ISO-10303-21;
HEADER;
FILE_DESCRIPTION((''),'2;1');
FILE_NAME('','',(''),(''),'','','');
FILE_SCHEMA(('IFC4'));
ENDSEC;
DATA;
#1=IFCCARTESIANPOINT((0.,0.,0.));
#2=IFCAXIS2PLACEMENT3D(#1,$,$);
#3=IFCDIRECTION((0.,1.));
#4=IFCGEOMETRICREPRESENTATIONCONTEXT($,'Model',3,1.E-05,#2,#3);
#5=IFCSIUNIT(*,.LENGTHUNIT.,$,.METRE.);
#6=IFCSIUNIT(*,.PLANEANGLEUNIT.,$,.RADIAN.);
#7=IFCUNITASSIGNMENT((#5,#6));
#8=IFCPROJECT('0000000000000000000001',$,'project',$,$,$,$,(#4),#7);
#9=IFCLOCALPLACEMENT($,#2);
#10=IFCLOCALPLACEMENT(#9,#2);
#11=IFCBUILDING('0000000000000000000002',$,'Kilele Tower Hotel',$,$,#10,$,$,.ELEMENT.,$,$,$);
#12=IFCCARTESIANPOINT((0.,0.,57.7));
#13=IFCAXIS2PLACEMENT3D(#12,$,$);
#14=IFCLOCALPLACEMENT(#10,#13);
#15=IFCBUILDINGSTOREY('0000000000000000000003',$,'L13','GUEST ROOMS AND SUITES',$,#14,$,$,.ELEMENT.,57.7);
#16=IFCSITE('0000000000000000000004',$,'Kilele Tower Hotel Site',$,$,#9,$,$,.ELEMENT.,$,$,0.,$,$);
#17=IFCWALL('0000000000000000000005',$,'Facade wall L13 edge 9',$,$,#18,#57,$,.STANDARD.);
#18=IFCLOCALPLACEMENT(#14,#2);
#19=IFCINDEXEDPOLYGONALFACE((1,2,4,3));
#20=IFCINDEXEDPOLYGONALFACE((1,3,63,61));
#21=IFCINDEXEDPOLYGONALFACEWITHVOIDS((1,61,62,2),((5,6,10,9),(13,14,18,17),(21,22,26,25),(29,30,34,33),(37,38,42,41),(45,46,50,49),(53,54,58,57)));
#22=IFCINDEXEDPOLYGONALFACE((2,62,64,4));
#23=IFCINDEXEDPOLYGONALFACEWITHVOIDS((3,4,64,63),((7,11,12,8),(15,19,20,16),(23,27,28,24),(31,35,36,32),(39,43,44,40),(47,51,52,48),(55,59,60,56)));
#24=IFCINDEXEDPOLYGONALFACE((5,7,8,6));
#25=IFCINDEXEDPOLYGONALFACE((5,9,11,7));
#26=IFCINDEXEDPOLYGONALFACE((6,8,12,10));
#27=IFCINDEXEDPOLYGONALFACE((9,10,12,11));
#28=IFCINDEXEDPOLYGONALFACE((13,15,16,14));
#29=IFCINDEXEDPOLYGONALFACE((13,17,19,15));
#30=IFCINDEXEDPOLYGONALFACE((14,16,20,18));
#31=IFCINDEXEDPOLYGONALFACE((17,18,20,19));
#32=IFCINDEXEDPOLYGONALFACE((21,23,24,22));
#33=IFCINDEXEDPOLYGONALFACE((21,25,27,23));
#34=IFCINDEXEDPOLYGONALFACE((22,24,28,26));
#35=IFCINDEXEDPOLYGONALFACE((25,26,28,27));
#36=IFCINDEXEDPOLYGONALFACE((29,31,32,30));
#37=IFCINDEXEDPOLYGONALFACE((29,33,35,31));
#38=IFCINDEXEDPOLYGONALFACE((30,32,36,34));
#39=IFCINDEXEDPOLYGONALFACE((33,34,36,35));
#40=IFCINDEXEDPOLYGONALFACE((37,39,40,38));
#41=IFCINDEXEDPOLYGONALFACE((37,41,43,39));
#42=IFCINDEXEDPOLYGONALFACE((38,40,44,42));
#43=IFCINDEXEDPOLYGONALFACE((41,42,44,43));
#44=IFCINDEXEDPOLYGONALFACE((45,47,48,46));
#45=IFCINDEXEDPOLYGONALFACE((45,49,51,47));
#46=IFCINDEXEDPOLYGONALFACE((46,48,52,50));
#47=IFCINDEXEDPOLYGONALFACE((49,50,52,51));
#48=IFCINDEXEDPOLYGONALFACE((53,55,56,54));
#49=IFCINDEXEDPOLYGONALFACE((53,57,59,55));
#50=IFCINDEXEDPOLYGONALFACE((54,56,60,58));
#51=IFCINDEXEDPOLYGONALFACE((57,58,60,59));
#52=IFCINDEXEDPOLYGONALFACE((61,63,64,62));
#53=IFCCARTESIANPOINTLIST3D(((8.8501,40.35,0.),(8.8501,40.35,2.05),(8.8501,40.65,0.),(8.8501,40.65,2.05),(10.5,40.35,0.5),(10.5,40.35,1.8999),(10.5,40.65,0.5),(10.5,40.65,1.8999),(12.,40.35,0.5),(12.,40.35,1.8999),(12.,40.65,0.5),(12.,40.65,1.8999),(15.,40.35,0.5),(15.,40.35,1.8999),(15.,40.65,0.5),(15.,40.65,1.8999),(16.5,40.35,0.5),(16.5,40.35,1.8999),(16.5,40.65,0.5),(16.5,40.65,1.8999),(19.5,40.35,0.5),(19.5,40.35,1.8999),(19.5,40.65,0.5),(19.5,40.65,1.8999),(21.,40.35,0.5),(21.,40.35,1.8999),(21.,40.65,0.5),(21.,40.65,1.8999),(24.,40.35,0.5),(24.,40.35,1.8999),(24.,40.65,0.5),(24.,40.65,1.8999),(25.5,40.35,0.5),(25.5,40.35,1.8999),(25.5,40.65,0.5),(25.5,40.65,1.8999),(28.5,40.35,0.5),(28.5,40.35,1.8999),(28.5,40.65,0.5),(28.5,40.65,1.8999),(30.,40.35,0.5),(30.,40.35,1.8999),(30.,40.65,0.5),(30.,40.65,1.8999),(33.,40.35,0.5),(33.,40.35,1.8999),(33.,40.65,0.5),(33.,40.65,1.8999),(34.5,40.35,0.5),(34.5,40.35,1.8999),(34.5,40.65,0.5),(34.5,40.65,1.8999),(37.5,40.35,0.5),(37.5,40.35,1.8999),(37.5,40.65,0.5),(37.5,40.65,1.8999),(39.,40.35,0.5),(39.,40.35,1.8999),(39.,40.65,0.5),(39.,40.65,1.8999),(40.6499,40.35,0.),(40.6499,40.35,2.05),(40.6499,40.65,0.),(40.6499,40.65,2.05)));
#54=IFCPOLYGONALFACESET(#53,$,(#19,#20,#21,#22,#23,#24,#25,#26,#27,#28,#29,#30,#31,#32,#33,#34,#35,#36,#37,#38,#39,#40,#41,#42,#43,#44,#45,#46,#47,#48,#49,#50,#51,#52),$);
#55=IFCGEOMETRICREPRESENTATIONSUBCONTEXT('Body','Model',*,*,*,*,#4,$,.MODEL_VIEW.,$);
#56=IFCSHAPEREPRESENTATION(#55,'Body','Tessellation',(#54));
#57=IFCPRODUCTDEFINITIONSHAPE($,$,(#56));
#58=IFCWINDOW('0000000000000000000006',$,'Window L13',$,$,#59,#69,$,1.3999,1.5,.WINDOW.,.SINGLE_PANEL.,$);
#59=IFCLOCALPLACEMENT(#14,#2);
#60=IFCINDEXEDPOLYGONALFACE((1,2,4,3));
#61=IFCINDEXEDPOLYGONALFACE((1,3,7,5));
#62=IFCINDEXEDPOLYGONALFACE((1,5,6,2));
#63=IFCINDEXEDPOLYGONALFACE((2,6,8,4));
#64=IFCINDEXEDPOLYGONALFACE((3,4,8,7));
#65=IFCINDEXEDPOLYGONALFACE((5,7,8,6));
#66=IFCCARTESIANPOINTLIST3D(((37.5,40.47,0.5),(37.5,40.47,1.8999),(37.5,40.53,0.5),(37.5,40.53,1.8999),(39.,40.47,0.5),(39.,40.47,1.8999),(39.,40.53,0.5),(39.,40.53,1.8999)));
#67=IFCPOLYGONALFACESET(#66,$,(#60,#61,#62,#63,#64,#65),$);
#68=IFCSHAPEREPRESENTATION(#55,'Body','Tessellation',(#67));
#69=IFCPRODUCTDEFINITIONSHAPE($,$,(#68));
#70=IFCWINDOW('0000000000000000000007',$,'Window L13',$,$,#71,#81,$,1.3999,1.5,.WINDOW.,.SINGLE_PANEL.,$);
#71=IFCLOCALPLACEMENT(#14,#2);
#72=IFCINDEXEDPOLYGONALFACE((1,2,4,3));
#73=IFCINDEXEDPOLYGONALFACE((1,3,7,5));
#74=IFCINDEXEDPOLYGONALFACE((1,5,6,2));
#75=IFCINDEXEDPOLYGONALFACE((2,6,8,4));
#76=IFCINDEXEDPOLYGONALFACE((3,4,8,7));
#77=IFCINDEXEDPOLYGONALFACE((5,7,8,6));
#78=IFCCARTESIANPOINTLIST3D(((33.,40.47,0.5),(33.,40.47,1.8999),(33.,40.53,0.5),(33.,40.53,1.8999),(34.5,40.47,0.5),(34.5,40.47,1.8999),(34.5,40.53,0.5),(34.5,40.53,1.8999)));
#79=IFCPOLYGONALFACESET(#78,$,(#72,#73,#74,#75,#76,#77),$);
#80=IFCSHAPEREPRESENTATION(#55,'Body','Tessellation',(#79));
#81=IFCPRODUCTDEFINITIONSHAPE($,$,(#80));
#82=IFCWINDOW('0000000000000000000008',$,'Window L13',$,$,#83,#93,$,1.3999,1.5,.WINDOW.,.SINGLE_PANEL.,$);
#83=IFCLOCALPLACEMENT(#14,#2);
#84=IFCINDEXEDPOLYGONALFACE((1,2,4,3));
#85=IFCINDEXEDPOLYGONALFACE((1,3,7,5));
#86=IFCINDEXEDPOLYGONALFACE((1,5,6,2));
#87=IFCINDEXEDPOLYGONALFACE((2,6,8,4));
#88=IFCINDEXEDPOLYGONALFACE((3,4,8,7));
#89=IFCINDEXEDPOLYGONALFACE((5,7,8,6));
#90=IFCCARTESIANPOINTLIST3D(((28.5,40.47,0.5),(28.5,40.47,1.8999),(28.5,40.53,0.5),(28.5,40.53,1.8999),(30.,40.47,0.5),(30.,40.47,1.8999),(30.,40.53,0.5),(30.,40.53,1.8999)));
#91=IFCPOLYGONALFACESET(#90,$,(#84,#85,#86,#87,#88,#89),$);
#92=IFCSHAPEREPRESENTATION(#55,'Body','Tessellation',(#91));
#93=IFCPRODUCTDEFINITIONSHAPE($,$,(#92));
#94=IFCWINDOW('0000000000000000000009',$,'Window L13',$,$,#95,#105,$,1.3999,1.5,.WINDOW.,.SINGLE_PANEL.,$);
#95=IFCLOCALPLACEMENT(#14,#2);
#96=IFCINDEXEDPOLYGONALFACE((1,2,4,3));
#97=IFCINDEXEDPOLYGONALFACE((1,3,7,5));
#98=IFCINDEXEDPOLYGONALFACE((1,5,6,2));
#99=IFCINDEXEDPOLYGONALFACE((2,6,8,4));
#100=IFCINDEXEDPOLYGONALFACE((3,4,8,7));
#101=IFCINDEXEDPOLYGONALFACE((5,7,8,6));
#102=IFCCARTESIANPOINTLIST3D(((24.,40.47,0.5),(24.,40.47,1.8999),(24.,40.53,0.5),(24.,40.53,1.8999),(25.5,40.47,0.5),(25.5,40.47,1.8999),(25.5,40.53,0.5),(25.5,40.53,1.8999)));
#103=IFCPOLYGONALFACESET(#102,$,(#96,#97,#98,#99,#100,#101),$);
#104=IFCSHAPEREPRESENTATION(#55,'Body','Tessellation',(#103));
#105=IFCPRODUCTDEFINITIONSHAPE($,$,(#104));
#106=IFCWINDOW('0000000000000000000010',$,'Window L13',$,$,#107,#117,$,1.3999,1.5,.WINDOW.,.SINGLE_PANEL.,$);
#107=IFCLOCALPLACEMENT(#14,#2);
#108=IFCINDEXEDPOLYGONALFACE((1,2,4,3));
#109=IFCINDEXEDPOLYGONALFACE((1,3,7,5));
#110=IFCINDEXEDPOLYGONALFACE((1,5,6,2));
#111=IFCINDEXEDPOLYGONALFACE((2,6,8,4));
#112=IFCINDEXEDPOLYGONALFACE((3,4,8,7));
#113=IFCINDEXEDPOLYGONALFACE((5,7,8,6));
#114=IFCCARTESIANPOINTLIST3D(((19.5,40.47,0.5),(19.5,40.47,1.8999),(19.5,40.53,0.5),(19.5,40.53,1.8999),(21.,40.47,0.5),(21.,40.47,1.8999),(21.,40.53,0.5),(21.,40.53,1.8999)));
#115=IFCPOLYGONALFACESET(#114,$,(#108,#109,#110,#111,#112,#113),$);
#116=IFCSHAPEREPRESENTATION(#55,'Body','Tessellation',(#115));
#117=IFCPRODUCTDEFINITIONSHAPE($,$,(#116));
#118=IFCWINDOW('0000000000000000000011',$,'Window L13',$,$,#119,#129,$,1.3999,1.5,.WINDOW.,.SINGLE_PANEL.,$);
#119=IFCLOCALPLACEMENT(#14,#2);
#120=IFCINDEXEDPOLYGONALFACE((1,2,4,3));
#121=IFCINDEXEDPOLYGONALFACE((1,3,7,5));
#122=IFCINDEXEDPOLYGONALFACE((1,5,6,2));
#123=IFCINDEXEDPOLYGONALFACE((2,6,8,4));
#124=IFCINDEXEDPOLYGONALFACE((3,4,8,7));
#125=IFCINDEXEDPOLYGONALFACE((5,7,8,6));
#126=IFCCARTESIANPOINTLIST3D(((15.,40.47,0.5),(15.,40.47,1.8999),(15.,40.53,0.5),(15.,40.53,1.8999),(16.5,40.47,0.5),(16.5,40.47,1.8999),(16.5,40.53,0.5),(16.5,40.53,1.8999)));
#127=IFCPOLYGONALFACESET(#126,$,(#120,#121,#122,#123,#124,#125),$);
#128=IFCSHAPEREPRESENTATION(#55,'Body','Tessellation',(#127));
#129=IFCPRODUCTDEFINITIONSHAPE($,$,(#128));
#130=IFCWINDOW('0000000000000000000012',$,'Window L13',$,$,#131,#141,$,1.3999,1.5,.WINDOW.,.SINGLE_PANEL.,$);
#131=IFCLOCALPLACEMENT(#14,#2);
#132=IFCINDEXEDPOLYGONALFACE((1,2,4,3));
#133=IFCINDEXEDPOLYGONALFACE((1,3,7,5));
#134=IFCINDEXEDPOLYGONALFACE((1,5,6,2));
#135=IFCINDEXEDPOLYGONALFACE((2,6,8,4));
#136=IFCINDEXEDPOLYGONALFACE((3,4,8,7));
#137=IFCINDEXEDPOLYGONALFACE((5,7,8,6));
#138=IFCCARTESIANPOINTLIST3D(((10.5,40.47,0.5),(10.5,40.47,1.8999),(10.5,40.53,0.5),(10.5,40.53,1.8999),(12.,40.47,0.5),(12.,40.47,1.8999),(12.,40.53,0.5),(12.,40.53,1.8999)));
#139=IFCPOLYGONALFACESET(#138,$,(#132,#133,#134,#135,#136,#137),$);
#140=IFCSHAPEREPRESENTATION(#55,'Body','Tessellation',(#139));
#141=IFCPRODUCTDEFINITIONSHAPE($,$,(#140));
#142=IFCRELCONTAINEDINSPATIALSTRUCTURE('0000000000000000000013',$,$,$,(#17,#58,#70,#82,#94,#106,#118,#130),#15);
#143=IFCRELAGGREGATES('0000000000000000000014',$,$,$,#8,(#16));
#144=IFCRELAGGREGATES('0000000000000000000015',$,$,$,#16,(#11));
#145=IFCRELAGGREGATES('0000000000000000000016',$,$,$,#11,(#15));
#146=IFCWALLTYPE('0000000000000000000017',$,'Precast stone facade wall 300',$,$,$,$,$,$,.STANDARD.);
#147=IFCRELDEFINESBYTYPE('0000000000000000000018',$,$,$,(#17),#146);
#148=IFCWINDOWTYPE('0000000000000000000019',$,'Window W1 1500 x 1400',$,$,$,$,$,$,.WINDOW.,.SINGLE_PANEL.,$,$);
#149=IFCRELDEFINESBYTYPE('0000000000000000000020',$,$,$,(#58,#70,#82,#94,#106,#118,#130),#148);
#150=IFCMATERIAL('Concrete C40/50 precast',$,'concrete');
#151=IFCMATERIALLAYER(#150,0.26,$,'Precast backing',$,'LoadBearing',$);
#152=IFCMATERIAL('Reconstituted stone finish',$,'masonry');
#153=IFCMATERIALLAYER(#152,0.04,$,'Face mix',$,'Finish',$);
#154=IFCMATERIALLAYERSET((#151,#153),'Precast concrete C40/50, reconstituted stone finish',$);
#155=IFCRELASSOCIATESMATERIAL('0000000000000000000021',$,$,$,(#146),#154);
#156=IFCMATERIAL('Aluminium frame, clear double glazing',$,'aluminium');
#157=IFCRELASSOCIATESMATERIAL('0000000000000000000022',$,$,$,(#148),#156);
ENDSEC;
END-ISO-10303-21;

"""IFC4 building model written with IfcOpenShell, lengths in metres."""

from ifc_helpers import new_model, si_unit, direction, frame, frame_2d, origin, place, context, subcontext, project, spatial, rectangle, extrude, material, layer, layer_set, type_object, element, fill, save


model = new_model("IFC4")

# Units and contexts
model_context = context("Model", 3, precision=1e-05, world=origin(), true_north=direction((0.0, 1.0)))
body_context = subcontext(model_context, "Body", "Model", "MODEL_VIEW")
ifc_project = project(units=[si_unit("LENGTHUNIT", "METRE"), si_unit("PLANEANGLEUNIT", "RADIAN")], contexts=[model_context])

# Site, building, storey
site_placement = place(None, origin())
site = spatial("IfcSite", under=ifc_project, at=site_placement, Name="Kilele Tower Hotel Site", CompositionType="ELEMENT", RefElevation=0.0)
building_placement = place(site_placement, origin())
building = spatial("IfcBuilding", under=site, at=building_placement, Name="Kilele Tower Hotel", CompositionType="ELEMENT")
storey_placement = place(building_placement, frame((0.0, 0.0, 57.7)))
storey = spatial("IfcBuildingStorey", under=building, at=storey_placement, Name="L13", Description="GUEST ROOMS AND SUITES", CompositionType="ELEMENT", Elevation=57.7)

# Shared definitions
ifc_material_1 = material(Name="Concrete C40/50 precast", Category="concrete")
ifc_layer_1 = layer(ifc_material_1, 0.26, Name="Precast backing", Category="LoadBearing")
ifc_material_2 = material(Name="Reconstituted stone finish", Category="masonry")
ifc_layer_2 = layer(ifc_material_2, 0.04, Name="Face mix", Category="Finish")
ifc_layer_set_1 = layer_set([ifc_layer_1, ifc_layer_2], Name="Precast concrete C40/50, reconstituted stone finish")
wall_type_1 = type_object("IfcWallType", Name="Precast stone facade wall 300", PredefinedType="STANDARD", material=ifc_layer_set_1)
ifc_material_3 = material(Name="Aluminium frame, clear double glazing", Category="aluminium")
window_type_1 = type_object("IfcWindowType", Name="Window W1 1500 x 1400", PartitioningType="SINGLE_PANEL", PredefinedType="WINDOW", material=ifc_material_3)

# Wall, openings, windows
wall_1_placement = place(storey_placement, frame((40.6499, 40.5, 0.0), z_axis=(0.0, 0.0, 1.0), x_axis=(-1.0, 0.0, 0.0)))
wall_1 = element("IfcWall", 1, at=wall_1_placement, inside=storey, type_object=wall_type_1, Name="Facade wall L13 edge 9", PredefinedType="STANDARD", context=body_context, shape_type="SweptSolid", body=[
    extrude(rectangle(XDim=31.7998, YDim=0.3, at=frame_2d((15.8999, 0.0))), origin(), (0.0, 0.0, 1.0), 2.05),
])
opening_1_placement = place(wall_1_placement, frame((1.6499, 0.0, 0.5)))
opening_1 = element("IfcOpeningElement", 2, at=opening_1_placement, cuts=wall_1, PredefinedType="OPENING", context=body_context, shape_type="SweptSolid", body=[
    extrude(rectangle(XDim=1.5, YDim=1.3999, at=frame_2d((0.75, 0.7))), frame((0.0, 0.1599, 0.0), z_axis=(0.0, -1.0, 0.0), x_axis=(1.0, 0.0, 0.0)), (0.0, 0.0, 1.0), 0.3201),
])
opening_2_placement = place(wall_1_placement, frame((6.1499, 0.0, 0.5)))
opening_2 = element("IfcOpeningElement", 3, at=opening_2_placement, cuts=wall_1, PredefinedType="OPENING", context=body_context, shape_type="SweptSolid", body=[
    extrude(rectangle(XDim=1.5, YDim=1.3999, at=frame_2d((0.75, 0.7))), frame((0.0, 0.1599, 0.0), z_axis=(0.0, -1.0, 0.0), x_axis=(1.0, 0.0, 0.0)), (0.0, 0.0, 1.0), 0.3201),
])
opening_3_placement = place(wall_1_placement, frame((10.6499, 0.0, 0.5)))
opening_3 = element("IfcOpeningElement", 4, at=opening_3_placement, cuts=wall_1, PredefinedType="OPENING", context=body_context, shape_type="SweptSolid", body=[
    extrude(rectangle(XDim=1.5, YDim=1.3999, at=frame_2d((0.75, 0.7))), frame((0.0, 0.1599, 0.0), z_axis=(0.0, -1.0, 0.0), x_axis=(1.0, 0.0, 0.0)), (0.0, 0.0, 1.0), 0.3201),
])
opening_4_placement = place(wall_1_placement, frame((15.1499, 0.0, 0.5)))
opening_4 = element("IfcOpeningElement", 5, at=opening_4_placement, cuts=wall_1, PredefinedType="OPENING", context=body_context, shape_type="SweptSolid", body=[
    extrude(rectangle(XDim=1.5, YDim=1.3999, at=frame_2d((0.75, 0.7))), frame((0.0, 0.1599, 0.0), z_axis=(0.0, -1.0, 0.0), x_axis=(1.0, 0.0, 0.0)), (0.0, 0.0, 1.0), 0.3201),
])
opening_5_placement = place(wall_1_placement, frame((19.6499, 0.0, 0.5)))
opening_5 = element("IfcOpeningElement", 6, at=opening_5_placement, cuts=wall_1, PredefinedType="OPENING", context=body_context, shape_type="SweptSolid", body=[
    extrude(rectangle(XDim=1.5, YDim=1.3999, at=frame_2d((0.75, 0.7))), frame((0.0, 0.1599, 0.0), z_axis=(0.0, -1.0, 0.0), x_axis=(1.0, 0.0, 0.0)), (0.0, 0.0, 1.0), 0.3201),
])
opening_6_placement = place(wall_1_placement, frame((24.1499, 0.0, 0.5)))
opening_6 = element("IfcOpeningElement", 7, at=opening_6_placement, cuts=wall_1, PredefinedType="OPENING", context=body_context, shape_type="SweptSolid", body=[
    extrude(rectangle(XDim=1.5, YDim=1.3999, at=frame_2d((0.75, 0.7))), frame((0.0, 0.1599, 0.0), z_axis=(0.0, -1.0, 0.0), x_axis=(1.0, 0.0, 0.0)), (0.0, 0.0, 1.0), 0.3201),
])
opening_7_placement = place(wall_1_placement, frame((28.6499, 0.0, 0.5)))
opening_7 = element("IfcOpeningElement", 8, at=opening_7_placement, cuts=wall_1, PredefinedType="OPENING", context=body_context, shape_type="SweptSolid", body=[
    extrude(rectangle(XDim=1.5, YDim=1.3999, at=frame_2d((0.75, 0.7))), frame((0.0, 0.1599, 0.0), z_axis=(0.0, -1.0, 0.0), x_axis=(1.0, 0.0, 0.0)), (0.0, 0.0, 1.0), 0.3201),
])
window_1_placement = place(opening_1_placement, origin())
window_1 = element("IfcWindow", 9, at=window_1_placement, inside=storey, type_object=window_type_1, Name="Window L13", OverallHeight=1.3999, OverallWidth=1.5, PartitioningType="SINGLE_PANEL", PredefinedType="WINDOW", context=body_context, shape_type="SweptSolid", body=[
    extrude(rectangle(XDim=1.5, YDim=1.3999, at=frame_2d((0.75, 0.7))), frame((0.0, 0.03, 0.0), z_axis=(0.0, -1.0, 0.0), x_axis=(1.0, 0.0, 0.0)), (0.0, 0.0, 1.0), 0.0601),
])
fill(opening_1, window_1)
window_2_placement = place(opening_2_placement, origin())
window_2 = element("IfcWindow", 10, at=window_2_placement, inside=storey, type_object=window_type_1, Name="Window L13", OverallHeight=1.3999, OverallWidth=1.5, PartitioningType="SINGLE_PANEL", PredefinedType="WINDOW", context=body_context, shape_type="SweptSolid", body=[
    extrude(rectangle(XDim=1.5, YDim=1.3999, at=frame_2d((0.75, 0.7))), frame((0.0, 0.03, 0.0), z_axis=(0.0, -1.0, 0.0), x_axis=(1.0, 0.0, 0.0)), (0.0, 0.0, 1.0), 0.0601),
])
fill(opening_2, window_2)
window_3_placement = place(opening_3_placement, origin())
window_3 = element("IfcWindow", 11, at=window_3_placement, inside=storey, type_object=window_type_1, Name="Window L13", OverallHeight=1.3999, OverallWidth=1.5, PartitioningType="SINGLE_PANEL", PredefinedType="WINDOW", context=body_context, shape_type="SweptSolid", body=[
    extrude(rectangle(XDim=1.5, YDim=1.3999, at=frame_2d((0.75, 0.7))), frame((0.0, 0.03, 0.0), z_axis=(0.0, -1.0, 0.0), x_axis=(1.0, 0.0, 0.0)), (0.0, 0.0, 1.0), 0.0601),
])
fill(opening_3, window_3)
window_4_placement = place(opening_4_placement, origin())
window_4 = element("IfcWindow", 12, at=window_4_placement, inside=storey, type_object=window_type_1, Name="Window L13", OverallHeight=1.3999, OverallWidth=1.5, PartitioningType="SINGLE_PANEL", PredefinedType="WINDOW", context=body_context, shape_type="SweptSolid", body=[
    extrude(rectangle(XDim=1.5, YDim=1.3999, at=frame_2d((0.75, 0.7))), frame((0.0, 0.03, 0.0), z_axis=(0.0, -1.0, 0.0), x_axis=(1.0, 0.0, 0.0)), (0.0, 0.0, 1.0), 0.0601),
])
fill(opening_4, window_4)
window_5_placement = place(opening_5_placement, origin())
window_5 = element("IfcWindow", 13, at=window_5_placement, inside=storey, type_object=window_type_1, Name="Window L13", OverallHeight=1.3999, OverallWidth=1.5, PartitioningType="SINGLE_PANEL", PredefinedType="WINDOW", context=body_context, shape_type="SweptSolid", body=[
    extrude(rectangle(XDim=1.5, YDim=1.3999, at=frame_2d((0.75, 0.7))), frame((0.0, 0.03, 0.0), z_axis=(0.0, -1.0, 0.0), x_axis=(1.0, 0.0, 0.0)), (0.0, 0.0, 1.0), 0.0601),
])
fill(opening_5, window_5)
window_6_placement = place(opening_6_placement, origin())
window_6 = element("IfcWindow", 14, at=window_6_placement, inside=storey, type_object=window_type_1, Name="Window L13", OverallHeight=1.3999, OverallWidth=1.5, PartitioningType="SINGLE_PANEL", PredefinedType="WINDOW", context=body_context, shape_type="SweptSolid", body=[
    extrude(rectangle(XDim=1.5, YDim=1.3999, at=frame_2d((0.75, 0.7))), frame((0.0, 0.03, 0.0), z_axis=(0.0, -1.0, 0.0), x_axis=(1.0, 0.0, 0.0)), (0.0, 0.0, 1.0), 0.0601),
])
fill(opening_6, window_6)
window_7_placement = place(opening_7_placement, origin())
window_7 = element("IfcWindow", 15, at=window_7_placement, inside=storey, type_object=window_type_1, Name="Window L13", OverallHeight=1.3999, OverallWidth=1.5, PartitioningType="SINGLE_PANEL", PredefinedType="WINDOW", context=body_context, shape_type="SweptSolid", body=[
    extrude(rectangle(XDim=1.5, YDim=1.3999, at=frame_2d((0.75, 0.7))), frame((0.0, 0.03, 0.0), z_axis=(0.0, -1.0, 0.0), x_axis=(1.0, 0.0, 0.0)), (0.0, 0.0, 1.0), 0.0601),
])
fill(opening_7, window_7)

save(model, "model.ifc")
